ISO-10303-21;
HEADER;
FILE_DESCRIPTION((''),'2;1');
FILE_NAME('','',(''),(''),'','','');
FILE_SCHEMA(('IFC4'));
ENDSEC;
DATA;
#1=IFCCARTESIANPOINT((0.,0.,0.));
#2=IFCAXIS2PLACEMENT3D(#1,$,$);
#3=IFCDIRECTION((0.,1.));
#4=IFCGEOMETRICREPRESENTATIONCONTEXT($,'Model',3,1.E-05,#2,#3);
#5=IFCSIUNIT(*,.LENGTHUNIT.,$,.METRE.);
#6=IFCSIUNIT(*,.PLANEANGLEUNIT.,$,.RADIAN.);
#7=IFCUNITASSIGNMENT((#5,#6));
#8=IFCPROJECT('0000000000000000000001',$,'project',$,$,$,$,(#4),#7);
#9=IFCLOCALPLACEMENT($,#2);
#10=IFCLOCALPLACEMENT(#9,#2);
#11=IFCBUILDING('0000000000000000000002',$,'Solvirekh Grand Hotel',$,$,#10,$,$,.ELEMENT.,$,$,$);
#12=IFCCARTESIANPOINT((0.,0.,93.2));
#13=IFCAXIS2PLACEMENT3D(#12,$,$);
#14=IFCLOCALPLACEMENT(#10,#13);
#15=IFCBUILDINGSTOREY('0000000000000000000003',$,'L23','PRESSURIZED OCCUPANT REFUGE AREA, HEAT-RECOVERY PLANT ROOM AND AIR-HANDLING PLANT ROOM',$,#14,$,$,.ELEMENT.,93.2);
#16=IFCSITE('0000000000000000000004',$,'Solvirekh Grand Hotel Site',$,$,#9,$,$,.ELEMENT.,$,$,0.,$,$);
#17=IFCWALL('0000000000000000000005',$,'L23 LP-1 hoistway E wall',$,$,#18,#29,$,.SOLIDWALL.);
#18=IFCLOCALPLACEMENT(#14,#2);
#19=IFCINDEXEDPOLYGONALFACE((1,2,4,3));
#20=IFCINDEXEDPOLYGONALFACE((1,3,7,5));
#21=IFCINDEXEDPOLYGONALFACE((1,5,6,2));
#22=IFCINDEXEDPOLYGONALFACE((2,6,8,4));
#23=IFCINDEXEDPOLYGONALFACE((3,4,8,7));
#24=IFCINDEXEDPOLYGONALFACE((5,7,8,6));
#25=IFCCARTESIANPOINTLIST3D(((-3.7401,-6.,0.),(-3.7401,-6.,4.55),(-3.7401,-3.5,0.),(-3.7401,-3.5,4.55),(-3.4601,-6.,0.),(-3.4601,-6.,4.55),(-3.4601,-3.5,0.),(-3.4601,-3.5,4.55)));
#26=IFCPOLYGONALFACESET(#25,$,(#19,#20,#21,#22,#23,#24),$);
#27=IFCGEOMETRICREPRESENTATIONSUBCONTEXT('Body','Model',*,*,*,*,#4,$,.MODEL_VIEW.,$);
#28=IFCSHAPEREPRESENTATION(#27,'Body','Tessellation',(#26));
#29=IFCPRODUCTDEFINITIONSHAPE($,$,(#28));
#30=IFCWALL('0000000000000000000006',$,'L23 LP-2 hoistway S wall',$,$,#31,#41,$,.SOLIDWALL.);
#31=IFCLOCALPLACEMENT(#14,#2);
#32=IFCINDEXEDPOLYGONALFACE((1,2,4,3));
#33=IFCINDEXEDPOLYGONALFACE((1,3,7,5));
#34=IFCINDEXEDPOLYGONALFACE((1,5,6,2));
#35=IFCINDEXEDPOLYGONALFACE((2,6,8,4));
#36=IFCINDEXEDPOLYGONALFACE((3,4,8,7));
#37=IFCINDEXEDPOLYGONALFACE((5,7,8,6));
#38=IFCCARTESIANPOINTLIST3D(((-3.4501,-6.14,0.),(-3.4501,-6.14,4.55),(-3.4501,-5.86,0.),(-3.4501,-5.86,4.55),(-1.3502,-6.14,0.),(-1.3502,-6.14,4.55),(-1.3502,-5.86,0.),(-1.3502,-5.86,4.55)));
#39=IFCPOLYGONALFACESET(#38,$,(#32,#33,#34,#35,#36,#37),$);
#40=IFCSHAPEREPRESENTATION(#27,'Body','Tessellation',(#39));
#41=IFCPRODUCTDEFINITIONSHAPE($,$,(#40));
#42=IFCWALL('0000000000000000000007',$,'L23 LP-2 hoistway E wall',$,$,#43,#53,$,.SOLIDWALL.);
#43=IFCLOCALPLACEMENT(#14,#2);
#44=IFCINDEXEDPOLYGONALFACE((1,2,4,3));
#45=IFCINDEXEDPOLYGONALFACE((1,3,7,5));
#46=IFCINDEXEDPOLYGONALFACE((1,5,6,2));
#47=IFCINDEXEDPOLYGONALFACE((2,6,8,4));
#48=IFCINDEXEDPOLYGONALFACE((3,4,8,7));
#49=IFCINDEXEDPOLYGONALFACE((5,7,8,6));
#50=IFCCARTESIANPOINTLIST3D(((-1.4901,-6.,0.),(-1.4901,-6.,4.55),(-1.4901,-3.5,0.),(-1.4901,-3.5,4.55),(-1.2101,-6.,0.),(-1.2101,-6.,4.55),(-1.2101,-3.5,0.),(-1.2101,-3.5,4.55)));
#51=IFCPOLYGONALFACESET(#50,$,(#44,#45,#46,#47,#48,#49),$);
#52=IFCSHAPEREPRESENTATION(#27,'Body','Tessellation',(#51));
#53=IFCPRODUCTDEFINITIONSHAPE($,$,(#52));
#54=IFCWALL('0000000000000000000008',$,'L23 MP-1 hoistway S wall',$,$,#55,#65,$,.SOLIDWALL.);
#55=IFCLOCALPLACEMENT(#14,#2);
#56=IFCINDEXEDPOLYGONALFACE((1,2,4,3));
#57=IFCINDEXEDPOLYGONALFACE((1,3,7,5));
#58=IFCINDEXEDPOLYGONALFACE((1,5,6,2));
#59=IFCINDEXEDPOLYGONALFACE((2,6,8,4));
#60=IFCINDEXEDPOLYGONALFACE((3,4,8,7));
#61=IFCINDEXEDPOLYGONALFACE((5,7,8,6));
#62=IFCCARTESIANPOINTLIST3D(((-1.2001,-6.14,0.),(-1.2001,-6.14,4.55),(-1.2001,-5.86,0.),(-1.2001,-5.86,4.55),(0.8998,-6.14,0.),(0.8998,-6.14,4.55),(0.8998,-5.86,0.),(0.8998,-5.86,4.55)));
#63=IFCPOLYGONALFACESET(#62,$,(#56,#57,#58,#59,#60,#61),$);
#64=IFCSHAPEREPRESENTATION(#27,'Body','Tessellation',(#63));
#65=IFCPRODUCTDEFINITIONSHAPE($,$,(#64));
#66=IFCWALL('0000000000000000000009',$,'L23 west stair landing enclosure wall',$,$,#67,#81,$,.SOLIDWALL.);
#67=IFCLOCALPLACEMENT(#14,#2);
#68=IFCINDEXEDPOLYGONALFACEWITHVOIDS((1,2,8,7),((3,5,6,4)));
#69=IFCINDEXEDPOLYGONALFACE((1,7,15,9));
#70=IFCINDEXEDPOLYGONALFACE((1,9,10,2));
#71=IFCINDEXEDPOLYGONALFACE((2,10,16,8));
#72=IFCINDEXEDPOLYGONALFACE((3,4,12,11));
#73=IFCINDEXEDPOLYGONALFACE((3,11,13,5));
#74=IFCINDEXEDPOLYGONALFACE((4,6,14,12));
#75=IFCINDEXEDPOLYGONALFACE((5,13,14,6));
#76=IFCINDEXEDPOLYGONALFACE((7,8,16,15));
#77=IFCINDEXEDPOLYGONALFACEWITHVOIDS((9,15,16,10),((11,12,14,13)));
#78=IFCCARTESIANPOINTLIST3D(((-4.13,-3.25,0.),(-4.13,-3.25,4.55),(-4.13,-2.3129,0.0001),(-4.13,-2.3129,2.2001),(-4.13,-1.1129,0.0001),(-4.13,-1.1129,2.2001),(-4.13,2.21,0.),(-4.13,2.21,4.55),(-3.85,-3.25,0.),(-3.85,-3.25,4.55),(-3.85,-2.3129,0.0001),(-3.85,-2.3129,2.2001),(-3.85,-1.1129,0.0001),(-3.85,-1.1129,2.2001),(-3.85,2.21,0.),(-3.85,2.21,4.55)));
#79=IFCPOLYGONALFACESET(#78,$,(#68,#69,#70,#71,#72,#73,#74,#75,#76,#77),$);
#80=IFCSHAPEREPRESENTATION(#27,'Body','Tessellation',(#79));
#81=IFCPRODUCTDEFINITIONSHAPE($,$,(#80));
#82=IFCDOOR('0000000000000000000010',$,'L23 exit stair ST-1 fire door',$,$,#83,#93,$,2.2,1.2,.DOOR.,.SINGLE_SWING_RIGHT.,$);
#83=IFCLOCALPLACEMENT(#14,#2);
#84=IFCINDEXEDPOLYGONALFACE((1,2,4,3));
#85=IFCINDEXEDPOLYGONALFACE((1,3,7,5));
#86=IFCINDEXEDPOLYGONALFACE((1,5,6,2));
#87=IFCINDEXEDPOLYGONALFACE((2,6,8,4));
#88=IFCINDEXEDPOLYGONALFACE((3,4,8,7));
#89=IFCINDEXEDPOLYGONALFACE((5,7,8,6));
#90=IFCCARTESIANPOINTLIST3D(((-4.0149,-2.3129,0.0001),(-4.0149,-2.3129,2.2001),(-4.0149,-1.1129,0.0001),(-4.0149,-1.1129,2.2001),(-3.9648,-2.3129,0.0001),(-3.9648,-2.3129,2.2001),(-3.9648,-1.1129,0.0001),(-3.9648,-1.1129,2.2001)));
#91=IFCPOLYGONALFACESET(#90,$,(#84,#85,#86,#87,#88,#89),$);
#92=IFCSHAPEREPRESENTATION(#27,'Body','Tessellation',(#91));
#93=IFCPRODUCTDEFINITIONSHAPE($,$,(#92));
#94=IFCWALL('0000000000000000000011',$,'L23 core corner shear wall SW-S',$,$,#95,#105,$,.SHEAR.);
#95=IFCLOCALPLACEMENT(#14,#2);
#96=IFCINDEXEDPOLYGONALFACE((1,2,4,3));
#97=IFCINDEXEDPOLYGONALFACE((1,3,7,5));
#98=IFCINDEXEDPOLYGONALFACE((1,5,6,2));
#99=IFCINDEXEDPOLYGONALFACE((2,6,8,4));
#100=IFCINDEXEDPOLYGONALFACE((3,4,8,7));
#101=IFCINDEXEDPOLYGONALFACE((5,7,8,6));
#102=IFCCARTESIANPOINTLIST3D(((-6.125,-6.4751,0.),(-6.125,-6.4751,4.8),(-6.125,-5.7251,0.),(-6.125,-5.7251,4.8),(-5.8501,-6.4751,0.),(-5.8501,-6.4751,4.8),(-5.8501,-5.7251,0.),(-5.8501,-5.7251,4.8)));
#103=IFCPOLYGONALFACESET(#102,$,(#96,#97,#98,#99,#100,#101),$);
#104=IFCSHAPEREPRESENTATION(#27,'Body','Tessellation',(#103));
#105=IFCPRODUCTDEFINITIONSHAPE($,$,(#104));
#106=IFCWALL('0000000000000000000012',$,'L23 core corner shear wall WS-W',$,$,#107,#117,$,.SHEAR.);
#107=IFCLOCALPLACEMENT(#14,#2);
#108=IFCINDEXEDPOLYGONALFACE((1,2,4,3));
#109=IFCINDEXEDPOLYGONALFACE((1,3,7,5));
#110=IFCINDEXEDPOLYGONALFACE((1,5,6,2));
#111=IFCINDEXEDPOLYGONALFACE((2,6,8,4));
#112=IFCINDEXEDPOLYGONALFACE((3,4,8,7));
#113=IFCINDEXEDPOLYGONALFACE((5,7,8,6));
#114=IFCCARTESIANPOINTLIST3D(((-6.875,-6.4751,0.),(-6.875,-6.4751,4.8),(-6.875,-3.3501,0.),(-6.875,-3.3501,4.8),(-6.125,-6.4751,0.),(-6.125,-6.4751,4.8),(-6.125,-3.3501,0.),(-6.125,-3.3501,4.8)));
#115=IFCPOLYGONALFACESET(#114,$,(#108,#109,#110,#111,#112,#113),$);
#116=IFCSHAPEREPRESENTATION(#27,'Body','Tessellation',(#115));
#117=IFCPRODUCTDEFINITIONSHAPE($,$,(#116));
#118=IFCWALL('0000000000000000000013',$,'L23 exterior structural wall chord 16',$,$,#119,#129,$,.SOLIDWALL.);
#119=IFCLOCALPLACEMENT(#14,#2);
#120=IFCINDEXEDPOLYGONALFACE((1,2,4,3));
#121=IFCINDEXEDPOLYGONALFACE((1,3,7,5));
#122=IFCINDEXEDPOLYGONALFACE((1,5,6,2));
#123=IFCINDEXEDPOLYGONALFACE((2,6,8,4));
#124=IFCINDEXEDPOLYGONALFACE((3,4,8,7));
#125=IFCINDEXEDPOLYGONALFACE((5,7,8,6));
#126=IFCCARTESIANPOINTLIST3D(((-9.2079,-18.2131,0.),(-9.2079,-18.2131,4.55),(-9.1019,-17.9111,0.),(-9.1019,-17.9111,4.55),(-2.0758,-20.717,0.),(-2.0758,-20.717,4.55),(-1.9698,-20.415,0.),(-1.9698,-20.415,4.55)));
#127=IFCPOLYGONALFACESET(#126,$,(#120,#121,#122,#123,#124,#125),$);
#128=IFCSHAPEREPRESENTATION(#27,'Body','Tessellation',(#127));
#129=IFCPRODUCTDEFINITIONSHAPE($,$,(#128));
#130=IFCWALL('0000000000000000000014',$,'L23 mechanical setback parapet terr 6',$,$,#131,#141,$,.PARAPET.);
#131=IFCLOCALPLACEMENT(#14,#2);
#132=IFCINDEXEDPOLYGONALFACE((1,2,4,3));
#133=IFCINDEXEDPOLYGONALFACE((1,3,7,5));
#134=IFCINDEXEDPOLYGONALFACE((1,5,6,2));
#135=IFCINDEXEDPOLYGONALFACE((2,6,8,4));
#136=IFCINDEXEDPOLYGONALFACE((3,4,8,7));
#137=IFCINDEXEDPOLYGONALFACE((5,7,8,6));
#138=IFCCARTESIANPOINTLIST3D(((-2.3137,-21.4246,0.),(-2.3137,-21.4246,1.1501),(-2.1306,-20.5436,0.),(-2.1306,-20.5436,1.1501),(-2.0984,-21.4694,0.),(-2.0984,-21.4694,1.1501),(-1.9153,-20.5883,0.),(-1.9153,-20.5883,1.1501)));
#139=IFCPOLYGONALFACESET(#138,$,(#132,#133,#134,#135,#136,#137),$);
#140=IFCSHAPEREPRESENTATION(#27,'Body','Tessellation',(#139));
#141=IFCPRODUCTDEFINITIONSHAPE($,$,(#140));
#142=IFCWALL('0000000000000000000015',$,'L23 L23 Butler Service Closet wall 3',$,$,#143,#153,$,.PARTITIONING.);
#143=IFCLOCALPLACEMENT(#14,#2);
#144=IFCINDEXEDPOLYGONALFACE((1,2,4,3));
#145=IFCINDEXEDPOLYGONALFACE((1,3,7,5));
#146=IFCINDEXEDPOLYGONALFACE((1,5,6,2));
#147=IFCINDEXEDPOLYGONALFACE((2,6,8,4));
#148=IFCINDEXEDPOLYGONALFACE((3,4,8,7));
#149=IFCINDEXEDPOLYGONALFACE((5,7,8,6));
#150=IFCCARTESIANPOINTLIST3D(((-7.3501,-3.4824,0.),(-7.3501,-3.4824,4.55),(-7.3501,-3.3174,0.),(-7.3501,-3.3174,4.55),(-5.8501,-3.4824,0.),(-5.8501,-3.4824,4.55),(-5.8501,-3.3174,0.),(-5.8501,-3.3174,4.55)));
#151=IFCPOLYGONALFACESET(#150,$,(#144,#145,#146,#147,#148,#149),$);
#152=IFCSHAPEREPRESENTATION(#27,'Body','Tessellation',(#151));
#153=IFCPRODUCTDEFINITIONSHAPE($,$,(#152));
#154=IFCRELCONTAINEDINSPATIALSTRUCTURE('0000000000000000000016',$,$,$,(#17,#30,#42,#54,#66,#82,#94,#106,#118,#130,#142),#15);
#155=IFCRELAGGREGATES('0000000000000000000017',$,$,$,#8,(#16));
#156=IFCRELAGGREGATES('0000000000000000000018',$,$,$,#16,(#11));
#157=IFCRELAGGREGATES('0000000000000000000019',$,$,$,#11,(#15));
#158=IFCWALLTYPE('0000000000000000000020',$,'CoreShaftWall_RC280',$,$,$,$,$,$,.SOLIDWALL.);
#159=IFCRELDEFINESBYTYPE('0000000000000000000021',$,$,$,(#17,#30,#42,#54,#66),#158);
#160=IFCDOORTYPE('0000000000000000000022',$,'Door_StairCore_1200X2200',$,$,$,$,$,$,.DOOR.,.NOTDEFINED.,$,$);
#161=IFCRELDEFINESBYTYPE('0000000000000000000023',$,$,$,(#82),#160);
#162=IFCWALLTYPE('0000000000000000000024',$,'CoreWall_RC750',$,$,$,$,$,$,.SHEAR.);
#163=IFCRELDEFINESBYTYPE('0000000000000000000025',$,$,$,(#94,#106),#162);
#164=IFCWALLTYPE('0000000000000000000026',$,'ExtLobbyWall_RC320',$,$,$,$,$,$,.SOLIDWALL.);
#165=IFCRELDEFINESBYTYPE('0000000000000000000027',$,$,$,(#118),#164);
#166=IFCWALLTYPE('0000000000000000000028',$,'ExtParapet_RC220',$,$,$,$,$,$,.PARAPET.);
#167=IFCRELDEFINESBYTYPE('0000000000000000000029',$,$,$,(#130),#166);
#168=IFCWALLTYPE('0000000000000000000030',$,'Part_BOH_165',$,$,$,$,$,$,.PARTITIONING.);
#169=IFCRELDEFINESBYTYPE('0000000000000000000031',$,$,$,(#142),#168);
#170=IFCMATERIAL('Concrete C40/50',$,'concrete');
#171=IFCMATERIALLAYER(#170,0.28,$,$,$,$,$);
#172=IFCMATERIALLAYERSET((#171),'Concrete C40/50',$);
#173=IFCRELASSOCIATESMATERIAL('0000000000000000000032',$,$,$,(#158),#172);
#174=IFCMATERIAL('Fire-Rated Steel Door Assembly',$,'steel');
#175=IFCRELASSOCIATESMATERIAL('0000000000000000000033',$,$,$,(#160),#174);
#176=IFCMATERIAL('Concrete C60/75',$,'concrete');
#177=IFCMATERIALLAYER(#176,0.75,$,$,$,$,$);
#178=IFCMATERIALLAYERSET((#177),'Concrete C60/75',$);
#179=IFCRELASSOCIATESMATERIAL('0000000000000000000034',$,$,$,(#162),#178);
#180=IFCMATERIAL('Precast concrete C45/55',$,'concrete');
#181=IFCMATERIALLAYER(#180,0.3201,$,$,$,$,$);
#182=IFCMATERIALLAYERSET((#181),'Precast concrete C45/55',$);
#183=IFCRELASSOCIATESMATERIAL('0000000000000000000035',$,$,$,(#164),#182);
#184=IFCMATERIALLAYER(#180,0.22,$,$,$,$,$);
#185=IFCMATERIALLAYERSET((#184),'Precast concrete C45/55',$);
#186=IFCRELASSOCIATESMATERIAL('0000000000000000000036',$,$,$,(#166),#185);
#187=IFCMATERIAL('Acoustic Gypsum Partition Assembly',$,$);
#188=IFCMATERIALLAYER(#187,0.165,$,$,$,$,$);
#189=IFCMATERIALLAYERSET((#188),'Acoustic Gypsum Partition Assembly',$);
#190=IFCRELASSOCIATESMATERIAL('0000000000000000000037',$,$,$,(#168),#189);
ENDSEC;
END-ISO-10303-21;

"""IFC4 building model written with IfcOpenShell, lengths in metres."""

from ifc_helpers import new_model, si_unit, direction, frame, frame_2d, origin, place, context, subcontext, project, spatial, rectangle, extrude, material, layer, layer_set, type_object, element, fill, save


model = new_model("IFC4")

# Units and contexts
model_context = context("Model", 3, precision=1e-05, world=origin(), true_north=direction((0.0, 1.0)))
body_context = subcontext(model_context, "Body", "Model", "MODEL_VIEW")
ifc_project = project(units=[si_unit("LENGTHUNIT", "METRE"), si_unit("PLANEANGLEUNIT", "RADIAN")], contexts=[model_context])

# Site, building, storey
site_placement = place(None, origin())
site = spatial("IfcSite", under=ifc_project, at=site_placement, Name="Solvirekh Grand Hotel Site", CompositionType="ELEMENT", RefElevation=0.0)
building_placement = place(site_placement, origin())
building = spatial("IfcBuilding", under=site, at=building_placement, Name="Solvirekh Grand Hotel", CompositionType="ELEMENT")
storey_placement = place(building_placement, frame((0.0, 0.0, 93.2)))
storey = spatial("IfcBuildingStorey", under=building, at=storey_placement, Name="L23", Description="PRESSURIZED OCCUPANT REFUGE AREA, HEAT-RECOVERY PLANT ROOM AND AIR-HANDLING PLANT ROOM", CompositionType="ELEMENT", Elevation=93.2)

# Shared definitions
ifc_material_1 = material(Name="Concrete C60/75", Category="concrete")

# Walls
ifc_material_2 = material(Name="Concrete C40/50", Category="concrete")
ifc_layer_1 = layer(ifc_material_2, 0.28)
ifc_layer_set_1 = layer_set([ifc_layer_1], Name="Concrete C40/50")
wall_type_1 = type_object("IfcWallType", Name="CoreShaftWall_RC280", PredefinedType="SOLIDWALL", material=ifc_layer_set_1)
for number, where, z_axis, x_axis, name in (
    (1, (-3.6001, -6.0, 0.0), (0.0, 0.0, 1.0), (0.0, 1.0, 0.0), "L23 LP-1 hoistway E wall"),
):
    element("IfcWall", number, at=place(storey_placement, frame(where, z_axis=z_axis, x_axis=x_axis)), inside=storey, type_object=wall_type_1, Name=name, PredefinedType="SOLIDWALL", context=body_context, shape_type="SweptSolid", body=[
        extrude(rectangle(XDim=2.5, YDim=0.28, at=frame_2d((1.25, 0.0))), origin(), (0.0, 0.0, 1.0), 4.55),
    ])
wall_1_placement = place(storey_placement, frame((-3.45, -6.0, 0.0), z_axis=(0.0, 0.0, 1.0), x_axis=(1.0, 0.0, 0.0)))
element("IfcWall", 2, at=wall_1_placement, inside=storey, type_object=wall_type_1, Name="L23 LP-2 hoistway S wall", PredefinedType="SOLIDWALL", context=body_context, shape_type="SweptSolid", body=[
    extrude(rectangle(XDim=2.0999, YDim=0.28, at=frame_2d((1.0498, 0.0))), origin(), (0.0, 0.0, 1.0), 4.55),
])
wall_2_placement = place(storey_placement, frame((-1.3501, -6.0, 0.0), z_axis=(0.0, 0.0, 1.0), x_axis=(0.0, 1.0, 0.0)))
element("IfcWall", 3, at=wall_2_placement, inside=storey, type_object=wall_type_1, Name="L23 LP-2 hoistway E wall", PredefinedType="SOLIDWALL", context=body_context, shape_type="SweptSolid", body=[
    extrude(rectangle(XDim=2.5, YDim=0.28, at=frame_2d((1.25, 0.0))), origin(), (0.0, 0.0, 1.0), 4.55),
])
wall_3_placement = place(storey_placement, frame((-1.2, -6.0, 0.0), z_axis=(0.0, 0.0, 1.0), x_axis=(1.0, 0.0, 0.0)))
element("IfcWall", 4, at=wall_3_placement, inside=storey, type_object=wall_type_1, Name="L23 MP-1 hoistway S wall", PredefinedType="SOLIDWALL", context=body_context, shape_type="SweptSolid", body=[
    extrude(rectangle(XDim=2.0999, YDim=0.28, at=frame_2d((1.0498, 0.0))), origin(), (0.0, 0.0, 1.0), 4.55),
])

# Wall, opening, door
wall_4_placement = place(storey_placement, frame((-3.99, -3.25, 0.0), z_axis=(0.0, 0.0, 1.0), x_axis=(0.0, 1.0, 0.0)))
wall_4 = element("IfcWall", 5, at=wall_4_placement, inside=storey, type_object=wall_type_1, Name="L23 west stair landing enclosure wall", PredefinedType="SOLIDWALL", context=body_context, shape_type="SweptSolid", body=[
    extrude(rectangle(XDim=5.46, YDim=0.28, at=frame_2d((2.73, 0.0))), origin(), (0.0, 0.0, 1.0), 4.55),
])
opening_1_placement = place(wall_4_placement, frame((0.937, 0.0, 0.0)))
opening_1 = element("IfcOpeningElement", 6, at=opening_1_placement, cuts=wall_4, PredefinedType="OPENING", context=body_context, shape_type="SweptSolid", body=[
    extrude(rectangle(XDim=1.2, YDim=2.2, at=frame_2d((0.6001, 1.1001))), frame((0.0, 0.1499, 0.0), z_axis=(0.0, -1.0, 0.0), x_axis=(1.0, 0.0, 0.0)), (0.0, 0.0, 1.0), 0.3),
])
ifc_material_3 = material(Name="Fire-Rated Steel Door Assembly", Category="steel")
door_type_1 = type_object("IfcDoorType", Name="Door_StairCore_1200X2200", OperationType="NOTDEFINED", PredefinedType="DOOR", material=ifc_material_3)
door_1_placement = place(opening_1_placement, origin())
door_1 = element("IfcDoor", 7, at=door_1_placement, inside=storey, type_object=door_type_1, Name="L23 exit stair ST-1 fire door", OperationType="SINGLE_SWING_RIGHT", OverallHeight=2.2, OverallWidth=1.2, PredefinedType="DOOR", context=body_context, shape_type="SweptSolid", body=[
    extrude(rectangle(XDim=1.2, YDim=2.2, at=frame_2d((0.6001, 1.1001))), frame((0.0, 0.0249, 0.0), z_axis=(0.0, -1.0, 0.0), x_axis=(1.0, 0.0, 0.0)), (0.0, 0.0, 1.0), 0.05),
])
fill(opening_1, door_1)

# Walls
ifc_layer_2 = layer(ifc_material_1, 0.75)
ifc_layer_set_2 = layer_set([ifc_layer_2], Name="Concrete C60/75")
wall_type_2 = type_object("IfcWallType", Name="CoreWall_RC750", PredefinedType="SHEAR", material=ifc_layer_set_2)
wall_5_placement = place(storey_placement, frame((-6.125, -6.1001, 0.0), z_axis=(0.0, 0.0, 1.0), x_axis=(1.0, 0.0, 0.0)))
element("IfcWall", 8, at=wall_5_placement, inside=storey, type_object=wall_type_2, Name="L23 core corner shear wall SW-S", PredefinedType="SHEAR", context=body_context, shape_type="SweptSolid", body=[
    extrude(rectangle(XDim=0.2749, YDim=0.75, at=frame_2d((0.1375, 0.0))), origin(), (0.0, 0.0, 1.0), 4.8),
])
wall_6_placement = place(storey_placement, frame((-6.5, -6.4751, 0.0), z_axis=(0.0, 0.0, 1.0), x_axis=(0.0, 1.0, 0.0)))
element("IfcWall", 9, at=wall_6_placement, inside=storey, type_object=wall_type_2, Name="L23 core corner shear wall WS-W", PredefinedType="SHEAR", context=body_context, shape_type="SweptSolid", body=[
    extrude(rectangle(XDim=3.125, YDim=0.75, at=frame_2d((1.5625, 0.0))), origin(), (0.0, 0.0, 1.0), 4.8),
])
ifc_material_4 = material(Name="Precast concrete C45/55", Category="concrete")
ifc_layer_3 = layer(ifc_material_4, 0.3201)
ifc_layer_set_3 = layer_set([ifc_layer_3], Name="Precast concrete C45/55")
wall_type_3 = type_object("IfcWallType", Name="ExtLobbyWall_RC320", PredefinedType="SOLIDWALL", material=ifc_layer_set_3)
wall_7_placement = place(storey_placement, frame((-2.0229, -20.5659, 0.0), z_axis=(0.0, 0.0, 1.0), x_axis=(-0.943541, 0.331255, 0.0)))
element("IfcWall", 10, at=wall_7_placement, inside=storey, type_object=wall_type_3, Name="L23 exterior structural wall chord 16", PredefinedType="SOLIDWALL", context=body_context, shape_type="SweptSolid", body=[
    extrude(rectangle(XDim=7.5588, YDim=0.3201, at=frame_2d((3.7793, 0.0))), origin(), (0.0, 0.0, 1.0), 4.55),
])
ifc_layer_4 = layer(ifc_material_4, 0.22)
ifc_layer_set_4 = layer_set([ifc_layer_4], Name="Precast concrete C45/55")
wall_type_4 = type_object("IfcWallType", Name="ExtParapet_RC220", PredefinedType="PARAPET", material=ifc_layer_set_4)
wall_8_placement = place(storey_placement, frame((-2.2061, -21.447, 0.0), z_axis=(0.0, 0.0, 1.0), x_axis=(0.203467, 0.979082, 0.0)))
element("IfcWall", 11, at=wall_8_placement, inside=storey, type_object=wall_type_4, Name="L23 mechanical setback parapet terr 6", PredefinedType="PARAPET", context=body_context, shape_type="SweptSolid", body=[
    extrude(rectangle(XDim=0.8999, YDim=0.22, at=frame_2d((0.45, 0.0))), origin(), (0.0, 0.0, 1.0), 1.1501),
])
ifc_material_5 = material(Name="Acoustic Gypsum Partition Assembly")
ifc_layer_5 = layer(ifc_material_5, 0.165)
ifc_layer_set_5 = layer_set([ifc_layer_5], Name="Acoustic Gypsum Partition Assembly")
wall_type_5 = type_object("IfcWallType", Name="Part_BOH_165", PredefinedType="PARTITIONING", material=ifc_layer_set_5)
wall_9_placement = place(storey_placement, frame((-5.8501, -3.3999, 0.0), z_axis=(0.0, 0.0, 1.0), x_axis=(-1.0, 0.0, 0.0)))
element("IfcWall", 12, at=wall_9_placement, inside=storey, type_object=wall_type_5, Name="L23 L23 Butler Service Closet wall 3", PredefinedType="PARTITIONING", context=body_context, shape_type="SweptSolid", body=[
    extrude(rectangle(XDim=1.5, YDim=0.165, at=frame_2d((0.75, 0.0))), origin(), (0.0, 0.0, 1.0), 4.55),
])

save(model, "model.ifc")
